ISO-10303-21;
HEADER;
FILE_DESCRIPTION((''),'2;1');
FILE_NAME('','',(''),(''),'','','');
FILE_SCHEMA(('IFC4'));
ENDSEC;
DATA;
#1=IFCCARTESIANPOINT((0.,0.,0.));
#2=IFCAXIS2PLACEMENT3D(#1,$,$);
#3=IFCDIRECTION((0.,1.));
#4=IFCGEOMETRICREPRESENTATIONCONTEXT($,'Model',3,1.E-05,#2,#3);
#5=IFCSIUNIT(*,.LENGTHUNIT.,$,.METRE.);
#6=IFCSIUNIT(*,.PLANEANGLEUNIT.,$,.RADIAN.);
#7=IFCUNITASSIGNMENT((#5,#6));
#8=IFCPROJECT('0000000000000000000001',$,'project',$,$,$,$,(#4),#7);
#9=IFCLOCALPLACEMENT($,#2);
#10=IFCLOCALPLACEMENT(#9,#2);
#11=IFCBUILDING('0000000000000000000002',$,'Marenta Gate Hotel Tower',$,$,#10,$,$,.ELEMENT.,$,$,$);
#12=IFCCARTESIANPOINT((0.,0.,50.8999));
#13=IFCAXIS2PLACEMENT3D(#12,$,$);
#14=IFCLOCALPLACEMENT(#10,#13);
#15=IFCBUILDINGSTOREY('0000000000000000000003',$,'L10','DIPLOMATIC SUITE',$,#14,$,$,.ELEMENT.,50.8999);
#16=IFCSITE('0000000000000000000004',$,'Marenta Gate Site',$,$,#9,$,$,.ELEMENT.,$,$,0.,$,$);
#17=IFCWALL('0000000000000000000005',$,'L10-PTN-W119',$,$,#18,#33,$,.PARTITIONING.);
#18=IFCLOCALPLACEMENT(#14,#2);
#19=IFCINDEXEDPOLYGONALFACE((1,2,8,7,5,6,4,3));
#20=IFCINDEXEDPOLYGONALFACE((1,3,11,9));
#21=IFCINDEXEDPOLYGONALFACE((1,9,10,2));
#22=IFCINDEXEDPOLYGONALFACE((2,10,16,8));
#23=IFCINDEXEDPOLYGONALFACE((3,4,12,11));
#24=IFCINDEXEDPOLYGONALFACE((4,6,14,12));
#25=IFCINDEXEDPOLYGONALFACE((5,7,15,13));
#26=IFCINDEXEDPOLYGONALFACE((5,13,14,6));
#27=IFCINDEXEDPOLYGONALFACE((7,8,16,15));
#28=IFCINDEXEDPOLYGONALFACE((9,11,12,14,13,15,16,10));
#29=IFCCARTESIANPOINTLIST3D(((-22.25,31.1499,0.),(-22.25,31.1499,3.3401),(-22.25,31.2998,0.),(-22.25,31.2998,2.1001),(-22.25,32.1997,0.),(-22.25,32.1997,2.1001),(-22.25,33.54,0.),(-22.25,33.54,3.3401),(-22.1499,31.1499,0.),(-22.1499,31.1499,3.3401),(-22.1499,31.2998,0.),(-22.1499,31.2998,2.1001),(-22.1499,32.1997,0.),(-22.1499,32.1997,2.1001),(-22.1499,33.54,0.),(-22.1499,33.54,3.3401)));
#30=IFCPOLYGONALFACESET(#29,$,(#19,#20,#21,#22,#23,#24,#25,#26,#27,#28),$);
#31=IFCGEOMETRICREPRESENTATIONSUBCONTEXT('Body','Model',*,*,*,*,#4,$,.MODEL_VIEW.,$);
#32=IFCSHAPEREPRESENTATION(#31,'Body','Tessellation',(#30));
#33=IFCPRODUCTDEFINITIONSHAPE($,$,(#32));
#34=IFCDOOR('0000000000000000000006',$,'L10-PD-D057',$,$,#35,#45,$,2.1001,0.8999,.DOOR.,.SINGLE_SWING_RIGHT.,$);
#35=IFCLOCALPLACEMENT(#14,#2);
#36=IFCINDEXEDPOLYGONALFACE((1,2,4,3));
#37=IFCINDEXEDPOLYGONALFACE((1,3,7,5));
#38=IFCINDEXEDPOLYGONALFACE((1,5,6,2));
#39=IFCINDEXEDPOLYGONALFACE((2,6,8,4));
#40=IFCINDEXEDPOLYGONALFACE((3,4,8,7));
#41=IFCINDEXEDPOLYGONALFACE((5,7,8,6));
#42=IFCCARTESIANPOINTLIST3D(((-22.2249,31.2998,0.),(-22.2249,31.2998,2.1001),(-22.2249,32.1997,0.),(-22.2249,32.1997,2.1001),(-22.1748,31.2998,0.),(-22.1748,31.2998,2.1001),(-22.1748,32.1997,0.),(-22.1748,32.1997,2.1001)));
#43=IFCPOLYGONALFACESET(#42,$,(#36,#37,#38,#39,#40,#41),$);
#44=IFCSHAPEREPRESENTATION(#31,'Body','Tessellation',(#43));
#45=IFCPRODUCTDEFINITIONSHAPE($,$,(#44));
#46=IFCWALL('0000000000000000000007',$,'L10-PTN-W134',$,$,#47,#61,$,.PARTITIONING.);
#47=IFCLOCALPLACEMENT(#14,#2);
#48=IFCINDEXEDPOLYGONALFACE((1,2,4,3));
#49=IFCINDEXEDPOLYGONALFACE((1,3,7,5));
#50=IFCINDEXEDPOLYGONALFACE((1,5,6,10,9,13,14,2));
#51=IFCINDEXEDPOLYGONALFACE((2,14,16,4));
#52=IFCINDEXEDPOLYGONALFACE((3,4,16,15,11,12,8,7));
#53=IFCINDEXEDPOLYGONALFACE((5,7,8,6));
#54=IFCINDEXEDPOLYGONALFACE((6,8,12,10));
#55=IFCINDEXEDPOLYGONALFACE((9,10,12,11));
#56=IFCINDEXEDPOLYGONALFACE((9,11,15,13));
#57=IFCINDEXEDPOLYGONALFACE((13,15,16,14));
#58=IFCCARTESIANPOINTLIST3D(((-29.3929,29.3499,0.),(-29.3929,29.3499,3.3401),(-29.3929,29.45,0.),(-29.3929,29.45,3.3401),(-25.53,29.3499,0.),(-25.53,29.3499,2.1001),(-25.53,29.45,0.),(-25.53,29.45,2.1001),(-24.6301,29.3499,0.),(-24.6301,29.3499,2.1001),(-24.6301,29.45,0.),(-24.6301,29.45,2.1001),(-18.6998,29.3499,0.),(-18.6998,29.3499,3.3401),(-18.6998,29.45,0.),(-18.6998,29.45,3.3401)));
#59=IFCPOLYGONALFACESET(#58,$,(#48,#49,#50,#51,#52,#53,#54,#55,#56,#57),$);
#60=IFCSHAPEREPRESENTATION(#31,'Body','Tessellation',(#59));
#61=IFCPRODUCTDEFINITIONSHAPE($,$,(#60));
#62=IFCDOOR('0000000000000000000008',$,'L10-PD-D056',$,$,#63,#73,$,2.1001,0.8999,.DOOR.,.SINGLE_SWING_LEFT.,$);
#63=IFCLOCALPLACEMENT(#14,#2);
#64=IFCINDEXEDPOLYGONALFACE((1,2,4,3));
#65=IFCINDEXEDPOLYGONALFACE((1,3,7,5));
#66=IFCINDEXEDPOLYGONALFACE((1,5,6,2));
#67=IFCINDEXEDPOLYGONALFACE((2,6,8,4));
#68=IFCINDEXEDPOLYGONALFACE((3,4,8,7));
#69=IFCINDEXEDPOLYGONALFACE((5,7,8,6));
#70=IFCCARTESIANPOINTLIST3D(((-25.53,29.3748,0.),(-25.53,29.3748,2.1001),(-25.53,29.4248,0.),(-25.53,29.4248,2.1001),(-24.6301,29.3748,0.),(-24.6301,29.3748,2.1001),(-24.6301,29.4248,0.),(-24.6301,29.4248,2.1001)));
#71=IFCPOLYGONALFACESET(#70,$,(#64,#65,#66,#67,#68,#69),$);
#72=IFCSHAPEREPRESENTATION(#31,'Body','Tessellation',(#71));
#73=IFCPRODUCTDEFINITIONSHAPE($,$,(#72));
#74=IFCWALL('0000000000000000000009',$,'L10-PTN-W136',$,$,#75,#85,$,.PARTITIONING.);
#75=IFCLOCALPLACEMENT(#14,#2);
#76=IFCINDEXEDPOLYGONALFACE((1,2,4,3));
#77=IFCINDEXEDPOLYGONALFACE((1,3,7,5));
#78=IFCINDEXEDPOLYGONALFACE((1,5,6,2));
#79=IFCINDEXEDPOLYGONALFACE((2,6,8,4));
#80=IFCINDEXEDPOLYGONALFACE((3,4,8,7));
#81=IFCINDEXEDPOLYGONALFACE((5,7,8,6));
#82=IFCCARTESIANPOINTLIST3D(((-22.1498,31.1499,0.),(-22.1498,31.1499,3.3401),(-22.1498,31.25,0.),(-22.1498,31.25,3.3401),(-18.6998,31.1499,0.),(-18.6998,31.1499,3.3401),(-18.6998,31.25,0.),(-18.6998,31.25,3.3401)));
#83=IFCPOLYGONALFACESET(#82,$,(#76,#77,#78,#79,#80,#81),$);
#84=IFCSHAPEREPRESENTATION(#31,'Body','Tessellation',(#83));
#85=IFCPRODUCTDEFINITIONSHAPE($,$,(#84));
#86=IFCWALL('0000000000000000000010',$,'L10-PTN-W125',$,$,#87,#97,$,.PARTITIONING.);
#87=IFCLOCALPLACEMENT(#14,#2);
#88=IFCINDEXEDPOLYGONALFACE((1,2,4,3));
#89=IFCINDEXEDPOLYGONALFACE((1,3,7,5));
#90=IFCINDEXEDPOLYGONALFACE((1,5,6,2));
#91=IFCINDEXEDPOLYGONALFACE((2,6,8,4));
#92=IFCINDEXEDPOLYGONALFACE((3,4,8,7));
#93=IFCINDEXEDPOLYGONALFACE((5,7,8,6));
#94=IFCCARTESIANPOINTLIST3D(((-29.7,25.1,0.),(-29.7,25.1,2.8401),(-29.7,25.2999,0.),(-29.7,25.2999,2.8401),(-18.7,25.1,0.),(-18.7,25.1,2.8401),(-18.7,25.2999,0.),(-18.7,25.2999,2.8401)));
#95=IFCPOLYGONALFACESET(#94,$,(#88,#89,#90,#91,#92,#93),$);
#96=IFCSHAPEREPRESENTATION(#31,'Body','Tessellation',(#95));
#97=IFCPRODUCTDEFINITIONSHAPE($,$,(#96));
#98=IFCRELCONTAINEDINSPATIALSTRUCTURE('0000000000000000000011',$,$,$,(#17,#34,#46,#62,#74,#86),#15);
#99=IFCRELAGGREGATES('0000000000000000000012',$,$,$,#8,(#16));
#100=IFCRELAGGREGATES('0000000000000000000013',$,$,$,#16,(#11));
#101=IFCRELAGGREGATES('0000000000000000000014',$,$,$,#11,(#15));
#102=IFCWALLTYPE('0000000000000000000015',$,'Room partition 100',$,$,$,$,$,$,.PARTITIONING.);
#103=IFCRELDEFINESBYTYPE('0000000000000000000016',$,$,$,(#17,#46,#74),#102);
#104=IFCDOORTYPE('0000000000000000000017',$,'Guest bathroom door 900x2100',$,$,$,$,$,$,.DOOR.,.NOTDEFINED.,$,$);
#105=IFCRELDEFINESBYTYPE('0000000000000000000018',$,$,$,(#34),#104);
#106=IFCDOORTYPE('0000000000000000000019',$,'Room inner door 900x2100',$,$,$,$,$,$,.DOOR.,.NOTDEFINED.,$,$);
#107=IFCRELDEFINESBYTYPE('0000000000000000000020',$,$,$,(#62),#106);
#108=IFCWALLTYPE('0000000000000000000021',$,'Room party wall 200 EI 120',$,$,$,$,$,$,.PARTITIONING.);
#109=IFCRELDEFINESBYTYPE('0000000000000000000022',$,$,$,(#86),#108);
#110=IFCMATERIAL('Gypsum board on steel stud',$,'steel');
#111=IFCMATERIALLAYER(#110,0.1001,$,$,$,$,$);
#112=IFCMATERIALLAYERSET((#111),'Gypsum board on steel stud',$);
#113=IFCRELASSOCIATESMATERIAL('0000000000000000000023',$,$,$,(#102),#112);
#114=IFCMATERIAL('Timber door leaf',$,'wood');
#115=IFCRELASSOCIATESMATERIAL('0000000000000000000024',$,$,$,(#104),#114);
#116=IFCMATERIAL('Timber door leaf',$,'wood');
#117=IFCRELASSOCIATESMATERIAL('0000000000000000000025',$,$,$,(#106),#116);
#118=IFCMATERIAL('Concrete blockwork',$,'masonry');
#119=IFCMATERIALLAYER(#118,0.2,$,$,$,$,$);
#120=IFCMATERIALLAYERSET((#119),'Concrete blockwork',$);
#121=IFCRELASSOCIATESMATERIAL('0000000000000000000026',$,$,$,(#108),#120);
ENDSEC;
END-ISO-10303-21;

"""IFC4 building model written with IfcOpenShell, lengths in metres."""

from ifc_helpers import new_model, si_unit, direction, frame, frame_2d, origin, place, context, subcontext, project, spatial, rectangle, extrude, material, layer, layer_set, type_object, element, fill, save


model = new_model("IFC4")

# Units and contexts
model_context = context("Model", 3, precision=1e-05, world=origin(), true_north=direction((0.0, 1.0)))
body_context = subcontext(model_context, "Body", "Model", "MODEL_VIEW")
ifc_project = project(units=[si_unit("LENGTHUNIT", "METRE"), si_unit("PLANEANGLEUNIT", "RADIAN")], contexts=[model_context])

# Site, building, storey
site_placement = place(None, origin())
site = spatial("IfcSite", under=ifc_project, at=site_placement, Name="Marenta Gate Site", CompositionType="ELEMENT", RefElevation=0.0)
building_placement = place(site_placement, origin())
building = spatial("IfcBuilding", under=site, at=building_placement, Name="Marenta Gate Hotel Tower", CompositionType="ELEMENT")
storey_placement = place(building_placement, frame((0.0, 0.0, 50.8999)))
storey = spatial("IfcBuildingStorey", under=building, at=storey_placement, Name="L10", Description="DIPLOMATIC SUITE", CompositionType="ELEMENT", Elevation=50.8999)

# Walls, openings, doors
ifc_material_1 = material(Name="Gypsum board on steel stud", Category="steel")
ifc_layer_1 = layer(ifc_material_1, 0.1001)
ifc_layer_set_1 = layer_set([ifc_layer_1], Name="Gypsum board on steel stud")
wall_type_1 = type_object("IfcWallType", Name="Room partition 100", PredefinedType="PARTITIONING", material=ifc_layer_set_1)
wall_1_placement = place(storey_placement, frame((-22.2, 31.1499, 0.0), z_axis=(0.0, 0.0, 1.0), x_axis=(0.0, 1.0, 0.0)))
wall_1 = element("IfcWall", 1, at=wall_1_placement, inside=storey, type_object=wall_type_1, Name="L10-PTN-W119", PredefinedType="PARTITIONING", context=body_context, shape_type="SweptSolid", body=[
    extrude(rectangle(XDim=2.3901, YDim=0.1001, at=frame_2d((1.1951, 0.0))), origin(), (0.0, 0.0, 1.0), 3.3401),
])
opening_1_placement = place(wall_1_placement, frame((0.1499, 0.0, 0.0)))
opening_1 = element("IfcOpeningElement", 2, at=opening_1_placement, cuts=wall_1, PredefinedType="OPENING", context=body_context, shape_type="SweptSolid", body=[
    extrude(rectangle(XDim=0.8999, YDim=2.1001, at=frame_2d((0.45, 1.05))), frame((0.0, 0.05, 0.0), z_axis=(0.0, -1.0, 0.0), x_axis=(1.0, 0.0, 0.0)), (0.0, 0.0, 1.0), 0.1001),
])
ifc_material_2 = material(Name="Timber door leaf", Category="wood")
door_type_1 = type_object("IfcDoorType", Name="Guest bathroom door 900x2100", OperationType="NOTDEFINED", PredefinedType="DOOR", material=ifc_material_2)
door_1_placement = place(opening_1_placement, origin())
door_1 = element("IfcDoor", 3, at=door_1_placement, inside=storey, type_object=door_type_1, Name="L10-PD-D057", OperationType="SINGLE_SWING_RIGHT", OverallHeight=2.1001, OverallWidth=0.8999, PredefinedType="DOOR", context=body_context, shape_type="SweptSolid", body=[
    extrude(rectangle(XDim=0.8999, YDim=2.1001, at=frame_2d((0.45, 1.05))), frame((0.0, 0.0249, 0.0), z_axis=(0.0, -1.0, 0.0), x_axis=(1.0, 0.0, 0.0)), (0.0, 0.0, 1.0), 0.05),
])
fill(opening_1, door_1)
wall_2_placement = place(storey_placement, frame((-29.3931, 29.3999, 0.0), z_axis=(0.0, 0.0, 1.0), x_axis=(1.0, 0.0, 0.0)))
wall_2 = element("IfcWall", 4, at=wall_2_placement, inside=storey, type_object=wall_type_1, Name="L10-PTN-W134", PredefinedType="PARTITIONING", context=body_context, shape_type="SweptSolid", body=[
    extrude(rectangle(XDim=10.6931, YDim=0.1001, at=frame_2d((5.3467, 0.0))), origin(), (0.0, 0.0, 1.0), 3.3401),
])
opening_2_placement = place(wall_2_placement, frame((3.863, 0.0, 0.0)))
opening_2 = element("IfcOpeningElement", 5, at=opening_2_placement, cuts=wall_2, PredefinedType="OPENING", context=body_context, shape_type="SweptSolid", body=[
    extrude(rectangle(XDim=0.8999, YDim=2.1001, at=frame_2d((0.45, 1.05))), frame((0.0, 0.05, 0.0), z_axis=(0.0, -1.0, 0.0), x_axis=(1.0, 0.0, 0.0)), (0.0, 0.0, 1.0), 0.1001),
])
ifc_material_3 = material(Name="Timber door leaf", Category="wood")
door_type_2 = type_object("IfcDoorType", Name="Room inner door 900x2100", OperationType="NOTDEFINED", PredefinedType="DOOR", material=ifc_material_3)
door_2_placement = place(opening_2_placement, origin())
door_2 = element("IfcDoor", 6, at=door_2_placement, inside=storey, type_object=door_type_2, Name="L10-PD-D056", OperationType="SINGLE_SWING_LEFT", OverallHeight=2.1001, OverallWidth=0.8999, PredefinedType="DOOR", context=body_context, shape_type="SweptSolid", body=[
    extrude(rectangle(XDim=0.8999, YDim=2.1001, at=frame_2d((0.45, 1.05))), frame((0.0, 0.0249, 0.0), z_axis=(0.0, -1.0, 0.0), x_axis=(1.0, 0.0, 0.0)), (0.0, 0.0, 1.0), 0.05),
])
fill(opening_2, door_2)

# Walls
wall_3_placement = place(storey_placement, frame((-22.1499, 31.2, 0.0), z_axis=(0.0, 0.0, 1.0), x_axis=(1.0, 0.0, 0.0)))
element("IfcWall", 7, at=wall_3_placement, inside=storey, type_object=wall_type_1, Name="L10-PTN-W136", PredefinedType="PARTITIONING", context=body_context, shape_type="SweptSolid", body=[
    extrude(rectangle(XDim=3.45, YDim=0.1001, at=frame_2d((1.7251, 0.0))), origin(), (0.0, 0.0, 1.0), 3.3401),
])
ifc_material_4 = material(Name="Concrete blockwork", Category="masonry")
ifc_layer_2 = layer(ifc_material_4, 0.2)
ifc_layer_set_2 = layer_set([ifc_layer_2], Name="Concrete blockwork")
wall_type_2 = type_object("IfcWallType", Name="Room party wall 200 EI 120", PredefinedType="PARTITIONING", material=ifc_layer_set_2)
wall_4_placement = place(storey_placement, frame((-29.7, 25.2, 0.0), z_axis=(0.0, 0.0, 1.0), x_axis=(1.0, 0.0, 0.0)))
element("IfcWall", 8, at=wall_4_placement, inside=storey, type_object=wall_type_2, Name="L10-PTN-W125", PredefinedType="PARTITIONING", context=body_context, shape_type="SweptSolid", body=[
    extrude(rectangle(XDim=11.0, YDim=0.2, at=frame_2d((5.5, 0.0))), origin(), (0.0, 0.0, 1.0), 2.8401),
])

save(model, "model.ifc")
